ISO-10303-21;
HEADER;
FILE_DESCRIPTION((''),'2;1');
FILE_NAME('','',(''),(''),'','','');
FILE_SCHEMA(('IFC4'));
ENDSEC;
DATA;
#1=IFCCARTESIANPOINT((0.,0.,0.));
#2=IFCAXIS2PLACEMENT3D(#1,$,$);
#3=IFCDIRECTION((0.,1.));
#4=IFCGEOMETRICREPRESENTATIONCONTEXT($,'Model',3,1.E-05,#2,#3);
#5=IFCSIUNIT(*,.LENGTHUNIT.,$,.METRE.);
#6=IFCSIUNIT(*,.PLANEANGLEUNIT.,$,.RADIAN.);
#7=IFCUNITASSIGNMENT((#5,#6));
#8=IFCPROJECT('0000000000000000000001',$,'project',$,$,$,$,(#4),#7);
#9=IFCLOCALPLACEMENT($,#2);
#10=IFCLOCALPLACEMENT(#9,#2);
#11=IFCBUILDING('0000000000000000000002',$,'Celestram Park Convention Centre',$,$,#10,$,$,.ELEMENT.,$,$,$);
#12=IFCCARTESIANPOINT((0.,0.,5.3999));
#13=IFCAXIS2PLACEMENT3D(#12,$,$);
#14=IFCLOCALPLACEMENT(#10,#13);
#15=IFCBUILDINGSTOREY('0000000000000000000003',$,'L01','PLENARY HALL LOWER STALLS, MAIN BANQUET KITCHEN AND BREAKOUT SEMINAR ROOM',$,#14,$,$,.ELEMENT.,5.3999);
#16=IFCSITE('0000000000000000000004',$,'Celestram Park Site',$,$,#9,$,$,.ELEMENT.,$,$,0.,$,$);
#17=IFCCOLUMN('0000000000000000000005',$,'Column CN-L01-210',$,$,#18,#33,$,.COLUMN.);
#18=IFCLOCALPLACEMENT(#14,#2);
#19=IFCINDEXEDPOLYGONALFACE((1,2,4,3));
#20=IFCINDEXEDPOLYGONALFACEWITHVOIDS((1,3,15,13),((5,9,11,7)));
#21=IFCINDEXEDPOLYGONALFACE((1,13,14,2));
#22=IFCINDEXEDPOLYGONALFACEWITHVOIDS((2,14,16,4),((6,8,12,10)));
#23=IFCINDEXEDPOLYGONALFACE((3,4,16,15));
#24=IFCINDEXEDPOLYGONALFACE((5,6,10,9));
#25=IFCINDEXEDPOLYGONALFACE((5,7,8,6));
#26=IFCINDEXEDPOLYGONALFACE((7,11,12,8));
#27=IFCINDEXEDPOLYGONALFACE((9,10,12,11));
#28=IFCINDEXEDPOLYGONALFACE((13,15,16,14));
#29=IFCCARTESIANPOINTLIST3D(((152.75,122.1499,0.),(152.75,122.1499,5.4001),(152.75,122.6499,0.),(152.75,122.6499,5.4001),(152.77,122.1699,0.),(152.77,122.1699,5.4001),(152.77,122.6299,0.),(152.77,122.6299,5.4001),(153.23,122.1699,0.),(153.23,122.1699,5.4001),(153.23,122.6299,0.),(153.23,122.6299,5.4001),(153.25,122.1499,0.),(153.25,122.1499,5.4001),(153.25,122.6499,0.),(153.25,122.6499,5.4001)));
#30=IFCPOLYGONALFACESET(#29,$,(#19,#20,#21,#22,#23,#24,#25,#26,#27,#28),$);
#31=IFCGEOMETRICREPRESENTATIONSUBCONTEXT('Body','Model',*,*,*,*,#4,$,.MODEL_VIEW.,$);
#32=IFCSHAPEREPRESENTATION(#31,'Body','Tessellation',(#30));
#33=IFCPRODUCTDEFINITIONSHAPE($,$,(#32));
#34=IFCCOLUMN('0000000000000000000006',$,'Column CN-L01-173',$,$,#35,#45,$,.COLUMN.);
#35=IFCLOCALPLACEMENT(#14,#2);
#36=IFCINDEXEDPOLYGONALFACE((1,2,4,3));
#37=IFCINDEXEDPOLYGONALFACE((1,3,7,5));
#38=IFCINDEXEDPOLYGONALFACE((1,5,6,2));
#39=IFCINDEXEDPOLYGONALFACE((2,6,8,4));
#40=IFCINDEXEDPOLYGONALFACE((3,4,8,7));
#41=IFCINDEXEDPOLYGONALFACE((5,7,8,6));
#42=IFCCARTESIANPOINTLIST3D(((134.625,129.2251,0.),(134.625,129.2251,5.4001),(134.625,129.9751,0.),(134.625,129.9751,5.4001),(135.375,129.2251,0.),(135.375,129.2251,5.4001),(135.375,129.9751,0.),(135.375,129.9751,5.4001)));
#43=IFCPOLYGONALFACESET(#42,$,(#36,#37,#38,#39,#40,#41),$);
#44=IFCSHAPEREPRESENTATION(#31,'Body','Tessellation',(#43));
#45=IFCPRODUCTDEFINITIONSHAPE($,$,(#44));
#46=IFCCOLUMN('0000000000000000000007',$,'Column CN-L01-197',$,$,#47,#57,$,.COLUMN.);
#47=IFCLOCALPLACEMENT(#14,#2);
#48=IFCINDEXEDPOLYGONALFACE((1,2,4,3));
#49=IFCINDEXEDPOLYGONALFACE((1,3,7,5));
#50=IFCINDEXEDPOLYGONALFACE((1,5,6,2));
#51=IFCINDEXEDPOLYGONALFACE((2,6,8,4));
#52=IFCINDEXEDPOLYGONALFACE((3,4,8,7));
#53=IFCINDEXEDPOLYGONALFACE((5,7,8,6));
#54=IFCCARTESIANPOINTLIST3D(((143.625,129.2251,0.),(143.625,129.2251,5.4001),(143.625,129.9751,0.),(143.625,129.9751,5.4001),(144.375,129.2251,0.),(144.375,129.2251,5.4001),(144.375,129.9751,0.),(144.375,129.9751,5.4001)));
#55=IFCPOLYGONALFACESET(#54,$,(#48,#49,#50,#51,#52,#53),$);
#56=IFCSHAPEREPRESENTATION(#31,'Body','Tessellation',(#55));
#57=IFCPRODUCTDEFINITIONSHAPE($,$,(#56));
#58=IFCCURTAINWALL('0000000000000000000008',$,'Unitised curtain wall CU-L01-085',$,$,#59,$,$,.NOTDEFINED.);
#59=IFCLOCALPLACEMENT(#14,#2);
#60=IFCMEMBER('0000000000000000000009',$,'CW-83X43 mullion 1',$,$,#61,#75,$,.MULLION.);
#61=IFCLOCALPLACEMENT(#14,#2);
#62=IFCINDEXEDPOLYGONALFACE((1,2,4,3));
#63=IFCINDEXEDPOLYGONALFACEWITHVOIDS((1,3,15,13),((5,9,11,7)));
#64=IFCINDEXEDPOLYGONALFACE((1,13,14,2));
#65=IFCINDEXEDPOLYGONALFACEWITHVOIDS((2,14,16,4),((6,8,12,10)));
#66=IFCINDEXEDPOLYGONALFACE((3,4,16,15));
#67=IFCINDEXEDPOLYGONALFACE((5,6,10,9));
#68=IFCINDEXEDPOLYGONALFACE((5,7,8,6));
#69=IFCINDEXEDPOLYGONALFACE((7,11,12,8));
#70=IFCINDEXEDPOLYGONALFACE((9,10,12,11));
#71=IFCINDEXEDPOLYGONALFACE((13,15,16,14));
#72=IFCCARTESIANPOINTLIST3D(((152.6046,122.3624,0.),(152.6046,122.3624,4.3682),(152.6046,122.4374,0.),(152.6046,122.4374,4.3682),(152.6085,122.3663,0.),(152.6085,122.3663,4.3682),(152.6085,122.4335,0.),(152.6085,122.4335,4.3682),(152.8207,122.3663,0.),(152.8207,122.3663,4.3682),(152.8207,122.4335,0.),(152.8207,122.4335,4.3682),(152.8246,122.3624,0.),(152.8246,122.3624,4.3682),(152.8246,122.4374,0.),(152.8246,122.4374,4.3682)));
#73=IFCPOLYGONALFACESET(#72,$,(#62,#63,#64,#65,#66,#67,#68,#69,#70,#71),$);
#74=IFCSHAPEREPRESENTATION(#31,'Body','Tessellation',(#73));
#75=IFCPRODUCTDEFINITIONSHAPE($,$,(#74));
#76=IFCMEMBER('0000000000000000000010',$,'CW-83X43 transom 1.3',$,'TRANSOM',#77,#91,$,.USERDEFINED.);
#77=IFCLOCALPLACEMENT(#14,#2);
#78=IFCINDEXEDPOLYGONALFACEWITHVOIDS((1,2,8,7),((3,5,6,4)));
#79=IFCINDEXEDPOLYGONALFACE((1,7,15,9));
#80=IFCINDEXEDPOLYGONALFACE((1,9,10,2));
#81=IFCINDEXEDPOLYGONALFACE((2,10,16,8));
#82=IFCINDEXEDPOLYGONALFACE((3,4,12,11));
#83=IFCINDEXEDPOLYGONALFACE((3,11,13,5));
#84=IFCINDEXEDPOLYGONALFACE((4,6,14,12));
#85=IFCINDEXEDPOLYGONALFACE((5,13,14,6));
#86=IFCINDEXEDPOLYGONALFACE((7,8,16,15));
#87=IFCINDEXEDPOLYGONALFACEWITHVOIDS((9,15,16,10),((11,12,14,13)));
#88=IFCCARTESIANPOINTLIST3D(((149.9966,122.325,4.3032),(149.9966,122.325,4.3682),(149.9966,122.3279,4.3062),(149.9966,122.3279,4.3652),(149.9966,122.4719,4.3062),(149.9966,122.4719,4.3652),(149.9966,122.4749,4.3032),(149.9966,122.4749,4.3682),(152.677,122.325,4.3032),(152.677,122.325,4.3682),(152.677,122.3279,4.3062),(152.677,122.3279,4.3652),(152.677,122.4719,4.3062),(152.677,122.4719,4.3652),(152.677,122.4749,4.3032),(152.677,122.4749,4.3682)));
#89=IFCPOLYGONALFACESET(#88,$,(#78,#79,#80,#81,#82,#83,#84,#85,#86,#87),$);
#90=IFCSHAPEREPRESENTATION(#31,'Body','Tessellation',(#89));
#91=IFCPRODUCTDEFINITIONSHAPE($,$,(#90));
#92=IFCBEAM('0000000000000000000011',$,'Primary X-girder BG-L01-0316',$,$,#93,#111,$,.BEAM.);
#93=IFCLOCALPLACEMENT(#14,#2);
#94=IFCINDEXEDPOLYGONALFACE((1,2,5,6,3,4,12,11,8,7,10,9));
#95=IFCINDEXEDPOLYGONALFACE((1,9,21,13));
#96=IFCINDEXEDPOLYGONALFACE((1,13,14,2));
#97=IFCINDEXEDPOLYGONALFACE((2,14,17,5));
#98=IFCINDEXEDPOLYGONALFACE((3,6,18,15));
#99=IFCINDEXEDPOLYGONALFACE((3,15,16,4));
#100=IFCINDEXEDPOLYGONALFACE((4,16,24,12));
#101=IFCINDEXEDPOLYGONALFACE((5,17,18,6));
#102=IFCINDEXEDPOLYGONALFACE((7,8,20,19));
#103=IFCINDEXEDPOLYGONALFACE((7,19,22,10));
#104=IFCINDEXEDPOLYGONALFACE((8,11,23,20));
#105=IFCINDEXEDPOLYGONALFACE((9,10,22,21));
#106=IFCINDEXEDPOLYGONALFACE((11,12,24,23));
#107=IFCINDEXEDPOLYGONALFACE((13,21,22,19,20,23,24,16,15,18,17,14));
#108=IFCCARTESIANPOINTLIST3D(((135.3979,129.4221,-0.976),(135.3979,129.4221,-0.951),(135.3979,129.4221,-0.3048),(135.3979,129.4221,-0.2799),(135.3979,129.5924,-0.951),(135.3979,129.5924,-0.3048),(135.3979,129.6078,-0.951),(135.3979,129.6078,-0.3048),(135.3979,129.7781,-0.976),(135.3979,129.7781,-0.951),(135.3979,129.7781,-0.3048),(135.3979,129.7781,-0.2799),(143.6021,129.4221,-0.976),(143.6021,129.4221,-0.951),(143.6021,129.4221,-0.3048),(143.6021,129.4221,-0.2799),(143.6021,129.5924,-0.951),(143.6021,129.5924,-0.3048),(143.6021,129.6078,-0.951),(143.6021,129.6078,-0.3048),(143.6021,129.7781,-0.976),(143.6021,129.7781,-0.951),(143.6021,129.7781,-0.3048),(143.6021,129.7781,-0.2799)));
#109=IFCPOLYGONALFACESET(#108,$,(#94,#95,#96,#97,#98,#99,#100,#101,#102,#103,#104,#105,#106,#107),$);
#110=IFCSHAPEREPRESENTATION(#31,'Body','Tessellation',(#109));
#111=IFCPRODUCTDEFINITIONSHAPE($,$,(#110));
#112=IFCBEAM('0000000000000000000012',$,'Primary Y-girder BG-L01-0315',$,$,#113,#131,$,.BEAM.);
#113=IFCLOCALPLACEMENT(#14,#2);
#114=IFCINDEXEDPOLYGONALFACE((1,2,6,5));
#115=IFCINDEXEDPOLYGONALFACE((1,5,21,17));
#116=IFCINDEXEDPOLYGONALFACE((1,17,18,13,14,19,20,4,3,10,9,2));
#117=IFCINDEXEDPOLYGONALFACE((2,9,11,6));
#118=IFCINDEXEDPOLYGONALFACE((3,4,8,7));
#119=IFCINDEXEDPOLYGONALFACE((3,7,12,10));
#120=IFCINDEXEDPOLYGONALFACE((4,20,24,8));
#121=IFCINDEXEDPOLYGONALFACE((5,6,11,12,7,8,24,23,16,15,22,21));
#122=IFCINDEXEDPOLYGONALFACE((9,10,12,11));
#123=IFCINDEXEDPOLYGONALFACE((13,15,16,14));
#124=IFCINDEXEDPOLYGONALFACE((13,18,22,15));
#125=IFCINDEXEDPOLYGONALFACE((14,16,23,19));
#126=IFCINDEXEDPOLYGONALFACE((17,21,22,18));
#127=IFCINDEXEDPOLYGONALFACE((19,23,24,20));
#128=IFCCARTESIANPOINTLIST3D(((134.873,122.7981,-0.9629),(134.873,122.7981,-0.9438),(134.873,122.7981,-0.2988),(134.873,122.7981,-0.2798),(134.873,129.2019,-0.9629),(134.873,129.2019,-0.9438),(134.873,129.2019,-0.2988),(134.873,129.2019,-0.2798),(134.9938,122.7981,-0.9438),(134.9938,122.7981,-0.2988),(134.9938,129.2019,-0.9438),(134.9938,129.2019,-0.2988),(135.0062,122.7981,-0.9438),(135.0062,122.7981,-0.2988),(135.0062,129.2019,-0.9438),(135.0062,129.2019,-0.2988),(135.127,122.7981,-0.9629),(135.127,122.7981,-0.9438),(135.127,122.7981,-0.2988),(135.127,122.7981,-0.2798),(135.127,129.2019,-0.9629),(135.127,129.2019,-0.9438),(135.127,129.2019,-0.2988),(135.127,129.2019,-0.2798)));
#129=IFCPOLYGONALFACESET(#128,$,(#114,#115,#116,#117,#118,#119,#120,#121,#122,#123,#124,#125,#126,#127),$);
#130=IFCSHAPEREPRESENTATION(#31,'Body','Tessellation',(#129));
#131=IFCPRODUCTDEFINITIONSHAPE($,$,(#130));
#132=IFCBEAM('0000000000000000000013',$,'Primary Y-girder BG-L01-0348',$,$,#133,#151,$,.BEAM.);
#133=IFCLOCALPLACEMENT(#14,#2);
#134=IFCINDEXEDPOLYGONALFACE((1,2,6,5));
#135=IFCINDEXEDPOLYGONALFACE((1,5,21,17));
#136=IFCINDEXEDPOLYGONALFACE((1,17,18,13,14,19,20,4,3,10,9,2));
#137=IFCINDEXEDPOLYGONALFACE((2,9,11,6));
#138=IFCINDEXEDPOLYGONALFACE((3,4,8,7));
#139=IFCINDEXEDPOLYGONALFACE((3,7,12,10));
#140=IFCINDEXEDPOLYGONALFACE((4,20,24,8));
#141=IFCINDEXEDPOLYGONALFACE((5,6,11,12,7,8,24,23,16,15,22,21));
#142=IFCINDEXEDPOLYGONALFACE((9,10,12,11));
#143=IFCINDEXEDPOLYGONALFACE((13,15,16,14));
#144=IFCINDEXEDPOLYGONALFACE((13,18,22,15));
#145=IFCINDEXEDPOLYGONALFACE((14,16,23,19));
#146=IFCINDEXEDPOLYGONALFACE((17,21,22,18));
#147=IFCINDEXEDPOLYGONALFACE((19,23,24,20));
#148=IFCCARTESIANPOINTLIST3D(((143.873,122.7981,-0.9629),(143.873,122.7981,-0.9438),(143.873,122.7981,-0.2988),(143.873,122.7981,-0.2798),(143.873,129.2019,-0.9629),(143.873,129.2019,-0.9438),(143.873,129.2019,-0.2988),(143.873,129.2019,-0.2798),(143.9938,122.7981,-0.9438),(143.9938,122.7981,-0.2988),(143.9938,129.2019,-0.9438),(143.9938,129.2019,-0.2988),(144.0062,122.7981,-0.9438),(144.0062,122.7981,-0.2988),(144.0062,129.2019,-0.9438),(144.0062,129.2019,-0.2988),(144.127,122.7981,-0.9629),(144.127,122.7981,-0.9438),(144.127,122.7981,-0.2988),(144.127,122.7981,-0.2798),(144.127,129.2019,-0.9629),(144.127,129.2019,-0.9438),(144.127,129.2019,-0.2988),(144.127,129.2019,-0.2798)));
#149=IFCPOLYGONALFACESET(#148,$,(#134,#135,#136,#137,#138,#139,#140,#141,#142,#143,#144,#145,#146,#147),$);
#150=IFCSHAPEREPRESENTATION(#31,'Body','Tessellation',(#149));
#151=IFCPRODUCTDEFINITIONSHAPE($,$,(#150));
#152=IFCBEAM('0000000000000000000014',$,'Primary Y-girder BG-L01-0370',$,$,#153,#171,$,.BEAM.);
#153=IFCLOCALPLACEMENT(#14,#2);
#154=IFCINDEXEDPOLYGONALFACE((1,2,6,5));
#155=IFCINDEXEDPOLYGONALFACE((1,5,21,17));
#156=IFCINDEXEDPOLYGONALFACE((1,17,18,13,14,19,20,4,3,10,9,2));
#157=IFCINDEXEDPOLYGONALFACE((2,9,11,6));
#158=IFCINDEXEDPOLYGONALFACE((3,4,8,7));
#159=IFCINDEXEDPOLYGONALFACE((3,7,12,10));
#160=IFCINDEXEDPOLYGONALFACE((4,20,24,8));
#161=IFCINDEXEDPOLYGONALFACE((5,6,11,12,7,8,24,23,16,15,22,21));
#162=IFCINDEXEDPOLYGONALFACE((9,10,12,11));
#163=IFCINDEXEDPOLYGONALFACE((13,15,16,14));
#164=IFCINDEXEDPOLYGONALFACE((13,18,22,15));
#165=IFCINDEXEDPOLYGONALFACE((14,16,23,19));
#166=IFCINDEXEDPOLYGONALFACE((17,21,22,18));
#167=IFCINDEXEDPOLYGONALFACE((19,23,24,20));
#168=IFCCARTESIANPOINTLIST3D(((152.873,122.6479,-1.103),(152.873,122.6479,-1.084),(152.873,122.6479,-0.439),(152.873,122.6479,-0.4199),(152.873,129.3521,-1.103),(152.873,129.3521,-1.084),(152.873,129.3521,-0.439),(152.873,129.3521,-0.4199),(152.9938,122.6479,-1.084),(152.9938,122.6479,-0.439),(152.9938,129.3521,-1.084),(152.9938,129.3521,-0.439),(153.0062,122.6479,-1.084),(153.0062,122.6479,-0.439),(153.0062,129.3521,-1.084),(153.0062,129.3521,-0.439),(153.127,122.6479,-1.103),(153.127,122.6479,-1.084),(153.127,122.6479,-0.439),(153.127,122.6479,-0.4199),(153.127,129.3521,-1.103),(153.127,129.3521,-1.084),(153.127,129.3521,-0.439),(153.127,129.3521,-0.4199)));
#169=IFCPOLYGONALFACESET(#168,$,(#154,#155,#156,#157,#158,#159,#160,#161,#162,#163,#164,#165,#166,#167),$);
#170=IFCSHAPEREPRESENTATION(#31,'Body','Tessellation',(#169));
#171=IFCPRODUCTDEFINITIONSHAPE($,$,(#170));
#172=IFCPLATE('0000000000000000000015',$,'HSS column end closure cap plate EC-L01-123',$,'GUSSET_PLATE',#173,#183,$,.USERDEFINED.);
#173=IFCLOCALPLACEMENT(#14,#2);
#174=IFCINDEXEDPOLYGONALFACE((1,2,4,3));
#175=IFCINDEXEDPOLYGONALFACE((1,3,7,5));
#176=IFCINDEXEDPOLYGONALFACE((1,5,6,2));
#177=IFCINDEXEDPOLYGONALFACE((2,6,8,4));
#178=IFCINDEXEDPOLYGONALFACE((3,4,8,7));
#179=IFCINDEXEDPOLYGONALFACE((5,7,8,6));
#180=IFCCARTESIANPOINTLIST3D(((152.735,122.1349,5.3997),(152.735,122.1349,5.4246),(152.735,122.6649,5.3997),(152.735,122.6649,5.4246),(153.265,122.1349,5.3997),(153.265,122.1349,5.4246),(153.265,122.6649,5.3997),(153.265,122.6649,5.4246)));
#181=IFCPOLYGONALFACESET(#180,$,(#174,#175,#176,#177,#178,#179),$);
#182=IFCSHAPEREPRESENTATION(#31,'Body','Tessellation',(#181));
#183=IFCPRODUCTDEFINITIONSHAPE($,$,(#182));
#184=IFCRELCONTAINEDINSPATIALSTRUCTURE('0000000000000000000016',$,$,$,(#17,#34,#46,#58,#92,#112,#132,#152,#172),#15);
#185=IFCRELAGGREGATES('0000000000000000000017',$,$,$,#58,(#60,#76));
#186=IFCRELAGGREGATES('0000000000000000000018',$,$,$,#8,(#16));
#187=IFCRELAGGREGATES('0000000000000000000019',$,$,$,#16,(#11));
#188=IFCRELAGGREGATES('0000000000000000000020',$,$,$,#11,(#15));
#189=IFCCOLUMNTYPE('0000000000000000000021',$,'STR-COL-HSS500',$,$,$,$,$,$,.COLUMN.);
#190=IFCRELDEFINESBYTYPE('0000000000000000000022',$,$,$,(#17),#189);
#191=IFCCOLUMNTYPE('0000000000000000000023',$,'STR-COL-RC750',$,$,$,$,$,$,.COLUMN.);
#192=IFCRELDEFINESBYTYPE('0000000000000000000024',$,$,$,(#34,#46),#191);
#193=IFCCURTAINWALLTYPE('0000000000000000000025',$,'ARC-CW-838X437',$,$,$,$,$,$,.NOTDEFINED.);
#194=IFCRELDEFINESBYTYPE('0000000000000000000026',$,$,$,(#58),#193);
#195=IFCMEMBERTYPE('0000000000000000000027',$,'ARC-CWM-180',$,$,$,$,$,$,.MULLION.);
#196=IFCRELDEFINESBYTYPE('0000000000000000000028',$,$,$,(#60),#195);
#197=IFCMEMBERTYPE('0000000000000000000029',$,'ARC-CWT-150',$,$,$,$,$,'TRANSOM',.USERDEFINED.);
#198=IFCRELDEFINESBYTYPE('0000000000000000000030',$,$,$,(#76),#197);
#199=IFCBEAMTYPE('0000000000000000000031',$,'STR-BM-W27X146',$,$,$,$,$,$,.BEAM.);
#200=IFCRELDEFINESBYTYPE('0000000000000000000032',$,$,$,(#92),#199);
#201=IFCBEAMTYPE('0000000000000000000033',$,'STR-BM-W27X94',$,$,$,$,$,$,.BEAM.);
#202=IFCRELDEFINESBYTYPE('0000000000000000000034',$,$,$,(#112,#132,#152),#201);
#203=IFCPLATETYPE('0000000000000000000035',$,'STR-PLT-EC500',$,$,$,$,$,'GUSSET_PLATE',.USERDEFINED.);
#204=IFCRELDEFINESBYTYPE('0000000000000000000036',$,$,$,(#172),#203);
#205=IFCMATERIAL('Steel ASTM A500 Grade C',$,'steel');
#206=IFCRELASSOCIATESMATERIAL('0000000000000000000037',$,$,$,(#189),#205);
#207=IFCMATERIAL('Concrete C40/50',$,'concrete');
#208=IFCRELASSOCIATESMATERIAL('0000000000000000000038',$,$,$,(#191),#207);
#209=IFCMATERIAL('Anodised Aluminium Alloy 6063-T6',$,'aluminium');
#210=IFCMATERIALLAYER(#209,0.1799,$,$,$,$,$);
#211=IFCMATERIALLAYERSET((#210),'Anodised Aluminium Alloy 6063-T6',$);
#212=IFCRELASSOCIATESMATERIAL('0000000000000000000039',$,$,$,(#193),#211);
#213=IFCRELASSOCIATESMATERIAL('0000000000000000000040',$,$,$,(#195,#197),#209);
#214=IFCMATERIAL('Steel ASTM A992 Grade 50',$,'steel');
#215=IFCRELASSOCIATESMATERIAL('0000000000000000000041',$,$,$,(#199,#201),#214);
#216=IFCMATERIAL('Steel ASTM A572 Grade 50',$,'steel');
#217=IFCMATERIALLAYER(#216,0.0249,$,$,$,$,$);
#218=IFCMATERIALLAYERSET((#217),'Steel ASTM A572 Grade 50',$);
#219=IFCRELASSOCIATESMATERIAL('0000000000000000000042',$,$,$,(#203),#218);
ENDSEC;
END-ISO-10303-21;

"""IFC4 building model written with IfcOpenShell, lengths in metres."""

from ifc_helpers import new_model, si_unit, direction, frame, origin, origin_2d, place, context, subcontext, project, spatial, rectangle, hollow_rectangle, i_section, extrude, material, layer, layer_set, material_profile, profile_set, type_object, element, aggregate, save


model = new_model("IFC4")

# Units and contexts
model_context = context("Model", 3, precision=1e-05, world=origin(), true_north=direction((0.0, 1.0)))
body_context = subcontext(model_context, "Body", "Model", "MODEL_VIEW")
ifc_project = project(units=[si_unit("LENGTHUNIT", "METRE"), si_unit("PLANEANGLEUNIT", "RADIAN")], contexts=[model_context])

# Site, building, storey
site_placement = place(None, origin())
site = spatial("IfcSite", under=ifc_project, at=site_placement, Name="Celestram Park Site", CompositionType="ELEMENT", RefElevation=0.0)
building_placement = place(site_placement, origin())
building = spatial("IfcBuilding", under=site, at=building_placement, Name="Celestram Park Convention Centre", CompositionType="ELEMENT")
storey_placement = place(building_placement, frame((0.0, 0.0, 5.3999)))
storey = spatial("IfcBuildingStorey", under=building, at=storey_placement, Name="L01", Description="PLENARY HALL LOWER STALLS, MAIN BANQUET KITCHEN AND BREAKOUT SEMINAR ROOM", CompositionType="ELEMENT", Elevation=5.3999)

# Columns
ifc_material_1 = material(Name="Steel ASTM A500 Grade C", Category="steel")
ifc_material_profile_1 = material_profile(ifc_material_1, hollow_rectangle(XDim=0.5, YDim=0.5, WallThickness=0.02, at=origin_2d()), Name="HSS500X500X20")
ifc_profile_set_1 = profile_set([ifc_material_profile_1], Name="Steel ASTM A500 Grade C")
column_type_1 = type_object("IfcColumnType", Name="STR-COL-HSS500", PredefinedType="COLUMN", material=ifc_profile_set_1)
column_placement = place(storey_placement, frame((153.0, 122.3999, 0.0), z_axis=(0.0, 0.0, 1.0), x_axis=(1.0, 0.0, 0.0)))
element("IfcColumn", 1, at=column_placement, inside=storey, type_object=column_type_1, Name="Column CN-L01-210", PredefinedType="COLUMN", context=body_context, shape_type="SweptSolid", body=[
    extrude(hollow_rectangle(XDim=0.5, YDim=0.5, WallThickness=0.02, at=origin_2d()), origin(), (0.0, 0.0, 1.0), 5.4001),
])
ifc_material_2 = material(Name="Concrete C40/50", Category="concrete")
ifc_material_profile_2 = material_profile(ifc_material_2, rectangle(XDim=0.75, YDim=0.75, at=origin_2d()), Name="RC750X750")
ifc_profile_set_2 = profile_set([ifc_material_profile_2], Name="Concrete C40/50")
column_type_2 = type_object("IfcColumnType", Name="STR-COL-RC750", PredefinedType="COLUMN", material=ifc_profile_set_2)
for number, where, z_axis, x_axis, name in (
    (2, (135.0, 129.6001, 0.0), (0.0, 0.0, 1.0), (1.0, 0.0, 0.0), "Column CN-L01-173"),
    (3, (144.0, 129.6001, 0.0), (0.0, 0.0, 1.0), (1.0, 0.0, 0.0), "Column CN-L01-197"),
):
    element("IfcColumn", number, at=place(storey_placement, frame(where, z_axis=z_axis, x_axis=x_axis)), inside=storey, type_object=column_type_2, Name=name, PredefinedType="COLUMN", context=body_context, shape_type="SweptSolid", body=[
        extrude(rectangle(XDim=0.75, YDim=0.75, at=origin_2d()), origin(), (0.0, 0.0, 1.0), 5.4001),
    ])

# Curtain wall, members
ifc_material_3 = material(Name="Anodised Aluminium Alloy 6063-T6", Category="aluminium")
ifc_layer_1 = layer(ifc_material_3, 0.1799)
ifc_layer_set_1 = layer_set([ifc_layer_1], Name="Anodised Aluminium Alloy 6063-T6")
curtain_wall_type = type_object("IfcCurtainWallType", Name="ARC-CW-838X437", PredefinedType="NOTDEFINED", material=ifc_layer_set_1)
curtain_wall_placement = place(storey_placement, origin())
curtain_wall = element("IfcCurtainWall", 4, at=curtain_wall_placement, inside=storey, type_object=curtain_wall_type, Name="Unitised curtain wall CU-L01-085", PredefinedType="NOTDEFINED")
ifc_material_profile_3 = material_profile(ifc_material_3, hollow_rectangle(XDim=0.075, YDim=0.22, WallThickness=0.0039, at=origin_2d()), Name="ALU75X220X4")
ifc_profile_set_3 = profile_set([ifc_material_profile_3], Name="Anodised Aluminium Alloy 6063-T6")
member_type_1 = type_object("IfcMemberType", Name="ARC-CWM-180", PredefinedType="MULLION", material=ifc_profile_set_3)
member_1_placement = place(storey_placement, frame((152.7146, 122.3999, 0.0), z_axis=(0.0, 0.0, 1.0), x_axis=(0.0, -1.0, 0.0)))
member_1 = element("IfcMember", 5, at=member_1_placement, type_object=member_type_1, Name="CW-83X43 mullion 1", PredefinedType="MULLION", context=body_context, shape_type="SweptSolid", body=[
    extrude(hollow_rectangle(XDim=0.075, YDim=0.22, WallThickness=0.0039, at=origin_2d()), origin(), (0.0, 0.0, 1.0), 4.3682),
])
ifc_material_profile_4 = material_profile(ifc_material_3, hollow_rectangle(XDim=0.1499, YDim=0.0649, WallThickness=0.0029, at=origin_2d()), Name="ALU150X65X3")
ifc_profile_set_4 = profile_set([ifc_material_profile_4], Name="Anodised Aluminium Alloy 6063-T6")
member_type_2 = type_object("IfcMemberType", Name="ARC-CWT-150", ElementType="TRANSOM", PredefinedType="USERDEFINED", material=ifc_profile_set_4)
member_2_placement = place(storey_placement, frame((152.677, 122.3999, 4.3357), z_axis=(-1.0, 0.0, 0.0), x_axis=(0.0, -1.0, 0.0)))
member_2 = element("IfcMember", 6, at=member_2_placement, type_object=member_type_2, Name="CW-83X43 transom 1.3", ObjectType="TRANSOM", PredefinedType="USERDEFINED", context=body_context, shape_type="SweptSolid", body=[
    extrude(hollow_rectangle(XDim=0.1499, YDim=0.0649, WallThickness=0.0029, at=origin_2d()), origin(), (0.0, 0.0, 1.0), 2.6804),
])
aggregate(curtain_wall, [member_1, member_2])

# Beams
ifc_material_4 = material(Name="Steel ASTM A992 Grade 50", Category="steel")
ifc_material_profile_5 = material_profile(ifc_material_4, i_section(OverallWidth=0.356, OverallDepth=0.696, WebThickness=0.0154, FlangeThickness=0.0249, at=origin_2d()), Name="W27X146")
ifc_profile_set_5 = profile_set([ifc_material_profile_5], Name="Steel ASTM A992 Grade 50")
beam_type_1 = type_object("IfcBeamType", Name="STR-BM-W27X146", PredefinedType="BEAM", material=ifc_profile_set_5)
beam_1_placement = place(storey_placement, frame((135.3979, 129.6001, -0.6279), z_axis=(1.0, 0.0, 0.0), x_axis=(0.0, 1.0, 0.0)))
element("IfcBeam", 7, at=beam_1_placement, inside=storey, type_object=beam_type_1, Name="Primary X-girder BG-L01-0316", PredefinedType="BEAM", context=body_context, shape_type="SweptSolid", body=[
    extrude(i_section(OverallWidth=0.356, OverallDepth=0.696, WebThickness=0.0154, FlangeThickness=0.0249, at=origin_2d()), origin(), (0.0, 0.0, 1.0), 8.2041),
])
ifc_material_profile_6 = material_profile(ifc_material_4, i_section(OverallWidth=0.2539, OverallDepth=0.6831, WebThickness=0.0125, FlangeThickness=0.019, at=origin_2d()), Name="W27X94")
ifc_profile_set_6 = profile_set([ifc_material_profile_6], Name="Steel ASTM A992 Grade 50")
beam_type_2 = type_object("IfcBeamType", Name="STR-BM-W27X94", PredefinedType="BEAM", material=ifc_profile_set_6)
for number, where, z_axis, x_axis, name in (
    (8, (135.0, 122.7981, -0.6213), (0.0, 1.0, 0.0), (-1.0, 0.0, 0.0), "Primary Y-girder BG-L01-0315"),
    (9, (144.0, 122.7981, -0.6213), (0.0, 1.0, 0.0), (-1.0, 0.0, 0.0), "Primary Y-girder BG-L01-0348"),
):
    element("IfcBeam", number, at=place(storey_placement, frame(where, z_axis=z_axis, x_axis=x_axis)), inside=storey, type_object=beam_type_2, Name=name, PredefinedType="BEAM", context=body_context, shape_type="SweptSolid", body=[
        extrude(i_section(OverallWidth=0.2539, OverallDepth=0.6831, WebThickness=0.0125, FlangeThickness=0.019, at=origin_2d()), origin(), (0.0, 0.0, 1.0), 6.4038),
    ])
beam_2_placement = place(storey_placement, frame((153.0, 122.6479, -0.7615), z_axis=(0.0, 1.0, 0.0), x_axis=(-1.0, 0.0, 0.0)))
element("IfcBeam", 10, at=beam_2_placement, inside=storey, type_object=beam_type_2, Name="Primary Y-girder BG-L01-0370", PredefinedType="BEAM", context=body_context, shape_type="SweptSolid", body=[
    extrude(i_section(OverallWidth=0.2539, OverallDepth=0.6831, WebThickness=0.0125, FlangeThickness=0.019, at=origin_2d()), origin(), (0.0, 0.0, 1.0), 6.7041),
])

# Plate
ifc_material_5 = material(Name="Steel ASTM A572 Grade 50", Category="steel")
ifc_layer_2 = layer(ifc_material_5, 0.0249)
ifc_layer_set_2 = layer_set([ifc_layer_2], Name="Steel ASTM A572 Grade 50")
plate_type = type_object("IfcPlateType", Name="STR-PLT-EC500", ElementType="GUSSET_PLATE", PredefinedType="USERDEFINED", material=ifc_layer_set_2)
plate_placement = place(storey_placement, frame((153.0, 122.3999, 5.3997), z_axis=(0.0, 0.0, 1.0), x_axis=(1.0, 0.0, 0.0)))
element("IfcPlate", 11, at=plate_placement, inside=storey, type_object=plate_type, Name="HSS column end closure cap plate EC-L01-123", ObjectType="GUSSET_PLATE", PredefinedType="USERDEFINED", context=body_context, shape_type="SweptSolid", body=[
    extrude(rectangle(XDim=0.53, YDim=0.53, at=origin_2d()), origin(), (0.0, 0.0, 1.0), 0.0249),
])

save(model, "model.ifc")
